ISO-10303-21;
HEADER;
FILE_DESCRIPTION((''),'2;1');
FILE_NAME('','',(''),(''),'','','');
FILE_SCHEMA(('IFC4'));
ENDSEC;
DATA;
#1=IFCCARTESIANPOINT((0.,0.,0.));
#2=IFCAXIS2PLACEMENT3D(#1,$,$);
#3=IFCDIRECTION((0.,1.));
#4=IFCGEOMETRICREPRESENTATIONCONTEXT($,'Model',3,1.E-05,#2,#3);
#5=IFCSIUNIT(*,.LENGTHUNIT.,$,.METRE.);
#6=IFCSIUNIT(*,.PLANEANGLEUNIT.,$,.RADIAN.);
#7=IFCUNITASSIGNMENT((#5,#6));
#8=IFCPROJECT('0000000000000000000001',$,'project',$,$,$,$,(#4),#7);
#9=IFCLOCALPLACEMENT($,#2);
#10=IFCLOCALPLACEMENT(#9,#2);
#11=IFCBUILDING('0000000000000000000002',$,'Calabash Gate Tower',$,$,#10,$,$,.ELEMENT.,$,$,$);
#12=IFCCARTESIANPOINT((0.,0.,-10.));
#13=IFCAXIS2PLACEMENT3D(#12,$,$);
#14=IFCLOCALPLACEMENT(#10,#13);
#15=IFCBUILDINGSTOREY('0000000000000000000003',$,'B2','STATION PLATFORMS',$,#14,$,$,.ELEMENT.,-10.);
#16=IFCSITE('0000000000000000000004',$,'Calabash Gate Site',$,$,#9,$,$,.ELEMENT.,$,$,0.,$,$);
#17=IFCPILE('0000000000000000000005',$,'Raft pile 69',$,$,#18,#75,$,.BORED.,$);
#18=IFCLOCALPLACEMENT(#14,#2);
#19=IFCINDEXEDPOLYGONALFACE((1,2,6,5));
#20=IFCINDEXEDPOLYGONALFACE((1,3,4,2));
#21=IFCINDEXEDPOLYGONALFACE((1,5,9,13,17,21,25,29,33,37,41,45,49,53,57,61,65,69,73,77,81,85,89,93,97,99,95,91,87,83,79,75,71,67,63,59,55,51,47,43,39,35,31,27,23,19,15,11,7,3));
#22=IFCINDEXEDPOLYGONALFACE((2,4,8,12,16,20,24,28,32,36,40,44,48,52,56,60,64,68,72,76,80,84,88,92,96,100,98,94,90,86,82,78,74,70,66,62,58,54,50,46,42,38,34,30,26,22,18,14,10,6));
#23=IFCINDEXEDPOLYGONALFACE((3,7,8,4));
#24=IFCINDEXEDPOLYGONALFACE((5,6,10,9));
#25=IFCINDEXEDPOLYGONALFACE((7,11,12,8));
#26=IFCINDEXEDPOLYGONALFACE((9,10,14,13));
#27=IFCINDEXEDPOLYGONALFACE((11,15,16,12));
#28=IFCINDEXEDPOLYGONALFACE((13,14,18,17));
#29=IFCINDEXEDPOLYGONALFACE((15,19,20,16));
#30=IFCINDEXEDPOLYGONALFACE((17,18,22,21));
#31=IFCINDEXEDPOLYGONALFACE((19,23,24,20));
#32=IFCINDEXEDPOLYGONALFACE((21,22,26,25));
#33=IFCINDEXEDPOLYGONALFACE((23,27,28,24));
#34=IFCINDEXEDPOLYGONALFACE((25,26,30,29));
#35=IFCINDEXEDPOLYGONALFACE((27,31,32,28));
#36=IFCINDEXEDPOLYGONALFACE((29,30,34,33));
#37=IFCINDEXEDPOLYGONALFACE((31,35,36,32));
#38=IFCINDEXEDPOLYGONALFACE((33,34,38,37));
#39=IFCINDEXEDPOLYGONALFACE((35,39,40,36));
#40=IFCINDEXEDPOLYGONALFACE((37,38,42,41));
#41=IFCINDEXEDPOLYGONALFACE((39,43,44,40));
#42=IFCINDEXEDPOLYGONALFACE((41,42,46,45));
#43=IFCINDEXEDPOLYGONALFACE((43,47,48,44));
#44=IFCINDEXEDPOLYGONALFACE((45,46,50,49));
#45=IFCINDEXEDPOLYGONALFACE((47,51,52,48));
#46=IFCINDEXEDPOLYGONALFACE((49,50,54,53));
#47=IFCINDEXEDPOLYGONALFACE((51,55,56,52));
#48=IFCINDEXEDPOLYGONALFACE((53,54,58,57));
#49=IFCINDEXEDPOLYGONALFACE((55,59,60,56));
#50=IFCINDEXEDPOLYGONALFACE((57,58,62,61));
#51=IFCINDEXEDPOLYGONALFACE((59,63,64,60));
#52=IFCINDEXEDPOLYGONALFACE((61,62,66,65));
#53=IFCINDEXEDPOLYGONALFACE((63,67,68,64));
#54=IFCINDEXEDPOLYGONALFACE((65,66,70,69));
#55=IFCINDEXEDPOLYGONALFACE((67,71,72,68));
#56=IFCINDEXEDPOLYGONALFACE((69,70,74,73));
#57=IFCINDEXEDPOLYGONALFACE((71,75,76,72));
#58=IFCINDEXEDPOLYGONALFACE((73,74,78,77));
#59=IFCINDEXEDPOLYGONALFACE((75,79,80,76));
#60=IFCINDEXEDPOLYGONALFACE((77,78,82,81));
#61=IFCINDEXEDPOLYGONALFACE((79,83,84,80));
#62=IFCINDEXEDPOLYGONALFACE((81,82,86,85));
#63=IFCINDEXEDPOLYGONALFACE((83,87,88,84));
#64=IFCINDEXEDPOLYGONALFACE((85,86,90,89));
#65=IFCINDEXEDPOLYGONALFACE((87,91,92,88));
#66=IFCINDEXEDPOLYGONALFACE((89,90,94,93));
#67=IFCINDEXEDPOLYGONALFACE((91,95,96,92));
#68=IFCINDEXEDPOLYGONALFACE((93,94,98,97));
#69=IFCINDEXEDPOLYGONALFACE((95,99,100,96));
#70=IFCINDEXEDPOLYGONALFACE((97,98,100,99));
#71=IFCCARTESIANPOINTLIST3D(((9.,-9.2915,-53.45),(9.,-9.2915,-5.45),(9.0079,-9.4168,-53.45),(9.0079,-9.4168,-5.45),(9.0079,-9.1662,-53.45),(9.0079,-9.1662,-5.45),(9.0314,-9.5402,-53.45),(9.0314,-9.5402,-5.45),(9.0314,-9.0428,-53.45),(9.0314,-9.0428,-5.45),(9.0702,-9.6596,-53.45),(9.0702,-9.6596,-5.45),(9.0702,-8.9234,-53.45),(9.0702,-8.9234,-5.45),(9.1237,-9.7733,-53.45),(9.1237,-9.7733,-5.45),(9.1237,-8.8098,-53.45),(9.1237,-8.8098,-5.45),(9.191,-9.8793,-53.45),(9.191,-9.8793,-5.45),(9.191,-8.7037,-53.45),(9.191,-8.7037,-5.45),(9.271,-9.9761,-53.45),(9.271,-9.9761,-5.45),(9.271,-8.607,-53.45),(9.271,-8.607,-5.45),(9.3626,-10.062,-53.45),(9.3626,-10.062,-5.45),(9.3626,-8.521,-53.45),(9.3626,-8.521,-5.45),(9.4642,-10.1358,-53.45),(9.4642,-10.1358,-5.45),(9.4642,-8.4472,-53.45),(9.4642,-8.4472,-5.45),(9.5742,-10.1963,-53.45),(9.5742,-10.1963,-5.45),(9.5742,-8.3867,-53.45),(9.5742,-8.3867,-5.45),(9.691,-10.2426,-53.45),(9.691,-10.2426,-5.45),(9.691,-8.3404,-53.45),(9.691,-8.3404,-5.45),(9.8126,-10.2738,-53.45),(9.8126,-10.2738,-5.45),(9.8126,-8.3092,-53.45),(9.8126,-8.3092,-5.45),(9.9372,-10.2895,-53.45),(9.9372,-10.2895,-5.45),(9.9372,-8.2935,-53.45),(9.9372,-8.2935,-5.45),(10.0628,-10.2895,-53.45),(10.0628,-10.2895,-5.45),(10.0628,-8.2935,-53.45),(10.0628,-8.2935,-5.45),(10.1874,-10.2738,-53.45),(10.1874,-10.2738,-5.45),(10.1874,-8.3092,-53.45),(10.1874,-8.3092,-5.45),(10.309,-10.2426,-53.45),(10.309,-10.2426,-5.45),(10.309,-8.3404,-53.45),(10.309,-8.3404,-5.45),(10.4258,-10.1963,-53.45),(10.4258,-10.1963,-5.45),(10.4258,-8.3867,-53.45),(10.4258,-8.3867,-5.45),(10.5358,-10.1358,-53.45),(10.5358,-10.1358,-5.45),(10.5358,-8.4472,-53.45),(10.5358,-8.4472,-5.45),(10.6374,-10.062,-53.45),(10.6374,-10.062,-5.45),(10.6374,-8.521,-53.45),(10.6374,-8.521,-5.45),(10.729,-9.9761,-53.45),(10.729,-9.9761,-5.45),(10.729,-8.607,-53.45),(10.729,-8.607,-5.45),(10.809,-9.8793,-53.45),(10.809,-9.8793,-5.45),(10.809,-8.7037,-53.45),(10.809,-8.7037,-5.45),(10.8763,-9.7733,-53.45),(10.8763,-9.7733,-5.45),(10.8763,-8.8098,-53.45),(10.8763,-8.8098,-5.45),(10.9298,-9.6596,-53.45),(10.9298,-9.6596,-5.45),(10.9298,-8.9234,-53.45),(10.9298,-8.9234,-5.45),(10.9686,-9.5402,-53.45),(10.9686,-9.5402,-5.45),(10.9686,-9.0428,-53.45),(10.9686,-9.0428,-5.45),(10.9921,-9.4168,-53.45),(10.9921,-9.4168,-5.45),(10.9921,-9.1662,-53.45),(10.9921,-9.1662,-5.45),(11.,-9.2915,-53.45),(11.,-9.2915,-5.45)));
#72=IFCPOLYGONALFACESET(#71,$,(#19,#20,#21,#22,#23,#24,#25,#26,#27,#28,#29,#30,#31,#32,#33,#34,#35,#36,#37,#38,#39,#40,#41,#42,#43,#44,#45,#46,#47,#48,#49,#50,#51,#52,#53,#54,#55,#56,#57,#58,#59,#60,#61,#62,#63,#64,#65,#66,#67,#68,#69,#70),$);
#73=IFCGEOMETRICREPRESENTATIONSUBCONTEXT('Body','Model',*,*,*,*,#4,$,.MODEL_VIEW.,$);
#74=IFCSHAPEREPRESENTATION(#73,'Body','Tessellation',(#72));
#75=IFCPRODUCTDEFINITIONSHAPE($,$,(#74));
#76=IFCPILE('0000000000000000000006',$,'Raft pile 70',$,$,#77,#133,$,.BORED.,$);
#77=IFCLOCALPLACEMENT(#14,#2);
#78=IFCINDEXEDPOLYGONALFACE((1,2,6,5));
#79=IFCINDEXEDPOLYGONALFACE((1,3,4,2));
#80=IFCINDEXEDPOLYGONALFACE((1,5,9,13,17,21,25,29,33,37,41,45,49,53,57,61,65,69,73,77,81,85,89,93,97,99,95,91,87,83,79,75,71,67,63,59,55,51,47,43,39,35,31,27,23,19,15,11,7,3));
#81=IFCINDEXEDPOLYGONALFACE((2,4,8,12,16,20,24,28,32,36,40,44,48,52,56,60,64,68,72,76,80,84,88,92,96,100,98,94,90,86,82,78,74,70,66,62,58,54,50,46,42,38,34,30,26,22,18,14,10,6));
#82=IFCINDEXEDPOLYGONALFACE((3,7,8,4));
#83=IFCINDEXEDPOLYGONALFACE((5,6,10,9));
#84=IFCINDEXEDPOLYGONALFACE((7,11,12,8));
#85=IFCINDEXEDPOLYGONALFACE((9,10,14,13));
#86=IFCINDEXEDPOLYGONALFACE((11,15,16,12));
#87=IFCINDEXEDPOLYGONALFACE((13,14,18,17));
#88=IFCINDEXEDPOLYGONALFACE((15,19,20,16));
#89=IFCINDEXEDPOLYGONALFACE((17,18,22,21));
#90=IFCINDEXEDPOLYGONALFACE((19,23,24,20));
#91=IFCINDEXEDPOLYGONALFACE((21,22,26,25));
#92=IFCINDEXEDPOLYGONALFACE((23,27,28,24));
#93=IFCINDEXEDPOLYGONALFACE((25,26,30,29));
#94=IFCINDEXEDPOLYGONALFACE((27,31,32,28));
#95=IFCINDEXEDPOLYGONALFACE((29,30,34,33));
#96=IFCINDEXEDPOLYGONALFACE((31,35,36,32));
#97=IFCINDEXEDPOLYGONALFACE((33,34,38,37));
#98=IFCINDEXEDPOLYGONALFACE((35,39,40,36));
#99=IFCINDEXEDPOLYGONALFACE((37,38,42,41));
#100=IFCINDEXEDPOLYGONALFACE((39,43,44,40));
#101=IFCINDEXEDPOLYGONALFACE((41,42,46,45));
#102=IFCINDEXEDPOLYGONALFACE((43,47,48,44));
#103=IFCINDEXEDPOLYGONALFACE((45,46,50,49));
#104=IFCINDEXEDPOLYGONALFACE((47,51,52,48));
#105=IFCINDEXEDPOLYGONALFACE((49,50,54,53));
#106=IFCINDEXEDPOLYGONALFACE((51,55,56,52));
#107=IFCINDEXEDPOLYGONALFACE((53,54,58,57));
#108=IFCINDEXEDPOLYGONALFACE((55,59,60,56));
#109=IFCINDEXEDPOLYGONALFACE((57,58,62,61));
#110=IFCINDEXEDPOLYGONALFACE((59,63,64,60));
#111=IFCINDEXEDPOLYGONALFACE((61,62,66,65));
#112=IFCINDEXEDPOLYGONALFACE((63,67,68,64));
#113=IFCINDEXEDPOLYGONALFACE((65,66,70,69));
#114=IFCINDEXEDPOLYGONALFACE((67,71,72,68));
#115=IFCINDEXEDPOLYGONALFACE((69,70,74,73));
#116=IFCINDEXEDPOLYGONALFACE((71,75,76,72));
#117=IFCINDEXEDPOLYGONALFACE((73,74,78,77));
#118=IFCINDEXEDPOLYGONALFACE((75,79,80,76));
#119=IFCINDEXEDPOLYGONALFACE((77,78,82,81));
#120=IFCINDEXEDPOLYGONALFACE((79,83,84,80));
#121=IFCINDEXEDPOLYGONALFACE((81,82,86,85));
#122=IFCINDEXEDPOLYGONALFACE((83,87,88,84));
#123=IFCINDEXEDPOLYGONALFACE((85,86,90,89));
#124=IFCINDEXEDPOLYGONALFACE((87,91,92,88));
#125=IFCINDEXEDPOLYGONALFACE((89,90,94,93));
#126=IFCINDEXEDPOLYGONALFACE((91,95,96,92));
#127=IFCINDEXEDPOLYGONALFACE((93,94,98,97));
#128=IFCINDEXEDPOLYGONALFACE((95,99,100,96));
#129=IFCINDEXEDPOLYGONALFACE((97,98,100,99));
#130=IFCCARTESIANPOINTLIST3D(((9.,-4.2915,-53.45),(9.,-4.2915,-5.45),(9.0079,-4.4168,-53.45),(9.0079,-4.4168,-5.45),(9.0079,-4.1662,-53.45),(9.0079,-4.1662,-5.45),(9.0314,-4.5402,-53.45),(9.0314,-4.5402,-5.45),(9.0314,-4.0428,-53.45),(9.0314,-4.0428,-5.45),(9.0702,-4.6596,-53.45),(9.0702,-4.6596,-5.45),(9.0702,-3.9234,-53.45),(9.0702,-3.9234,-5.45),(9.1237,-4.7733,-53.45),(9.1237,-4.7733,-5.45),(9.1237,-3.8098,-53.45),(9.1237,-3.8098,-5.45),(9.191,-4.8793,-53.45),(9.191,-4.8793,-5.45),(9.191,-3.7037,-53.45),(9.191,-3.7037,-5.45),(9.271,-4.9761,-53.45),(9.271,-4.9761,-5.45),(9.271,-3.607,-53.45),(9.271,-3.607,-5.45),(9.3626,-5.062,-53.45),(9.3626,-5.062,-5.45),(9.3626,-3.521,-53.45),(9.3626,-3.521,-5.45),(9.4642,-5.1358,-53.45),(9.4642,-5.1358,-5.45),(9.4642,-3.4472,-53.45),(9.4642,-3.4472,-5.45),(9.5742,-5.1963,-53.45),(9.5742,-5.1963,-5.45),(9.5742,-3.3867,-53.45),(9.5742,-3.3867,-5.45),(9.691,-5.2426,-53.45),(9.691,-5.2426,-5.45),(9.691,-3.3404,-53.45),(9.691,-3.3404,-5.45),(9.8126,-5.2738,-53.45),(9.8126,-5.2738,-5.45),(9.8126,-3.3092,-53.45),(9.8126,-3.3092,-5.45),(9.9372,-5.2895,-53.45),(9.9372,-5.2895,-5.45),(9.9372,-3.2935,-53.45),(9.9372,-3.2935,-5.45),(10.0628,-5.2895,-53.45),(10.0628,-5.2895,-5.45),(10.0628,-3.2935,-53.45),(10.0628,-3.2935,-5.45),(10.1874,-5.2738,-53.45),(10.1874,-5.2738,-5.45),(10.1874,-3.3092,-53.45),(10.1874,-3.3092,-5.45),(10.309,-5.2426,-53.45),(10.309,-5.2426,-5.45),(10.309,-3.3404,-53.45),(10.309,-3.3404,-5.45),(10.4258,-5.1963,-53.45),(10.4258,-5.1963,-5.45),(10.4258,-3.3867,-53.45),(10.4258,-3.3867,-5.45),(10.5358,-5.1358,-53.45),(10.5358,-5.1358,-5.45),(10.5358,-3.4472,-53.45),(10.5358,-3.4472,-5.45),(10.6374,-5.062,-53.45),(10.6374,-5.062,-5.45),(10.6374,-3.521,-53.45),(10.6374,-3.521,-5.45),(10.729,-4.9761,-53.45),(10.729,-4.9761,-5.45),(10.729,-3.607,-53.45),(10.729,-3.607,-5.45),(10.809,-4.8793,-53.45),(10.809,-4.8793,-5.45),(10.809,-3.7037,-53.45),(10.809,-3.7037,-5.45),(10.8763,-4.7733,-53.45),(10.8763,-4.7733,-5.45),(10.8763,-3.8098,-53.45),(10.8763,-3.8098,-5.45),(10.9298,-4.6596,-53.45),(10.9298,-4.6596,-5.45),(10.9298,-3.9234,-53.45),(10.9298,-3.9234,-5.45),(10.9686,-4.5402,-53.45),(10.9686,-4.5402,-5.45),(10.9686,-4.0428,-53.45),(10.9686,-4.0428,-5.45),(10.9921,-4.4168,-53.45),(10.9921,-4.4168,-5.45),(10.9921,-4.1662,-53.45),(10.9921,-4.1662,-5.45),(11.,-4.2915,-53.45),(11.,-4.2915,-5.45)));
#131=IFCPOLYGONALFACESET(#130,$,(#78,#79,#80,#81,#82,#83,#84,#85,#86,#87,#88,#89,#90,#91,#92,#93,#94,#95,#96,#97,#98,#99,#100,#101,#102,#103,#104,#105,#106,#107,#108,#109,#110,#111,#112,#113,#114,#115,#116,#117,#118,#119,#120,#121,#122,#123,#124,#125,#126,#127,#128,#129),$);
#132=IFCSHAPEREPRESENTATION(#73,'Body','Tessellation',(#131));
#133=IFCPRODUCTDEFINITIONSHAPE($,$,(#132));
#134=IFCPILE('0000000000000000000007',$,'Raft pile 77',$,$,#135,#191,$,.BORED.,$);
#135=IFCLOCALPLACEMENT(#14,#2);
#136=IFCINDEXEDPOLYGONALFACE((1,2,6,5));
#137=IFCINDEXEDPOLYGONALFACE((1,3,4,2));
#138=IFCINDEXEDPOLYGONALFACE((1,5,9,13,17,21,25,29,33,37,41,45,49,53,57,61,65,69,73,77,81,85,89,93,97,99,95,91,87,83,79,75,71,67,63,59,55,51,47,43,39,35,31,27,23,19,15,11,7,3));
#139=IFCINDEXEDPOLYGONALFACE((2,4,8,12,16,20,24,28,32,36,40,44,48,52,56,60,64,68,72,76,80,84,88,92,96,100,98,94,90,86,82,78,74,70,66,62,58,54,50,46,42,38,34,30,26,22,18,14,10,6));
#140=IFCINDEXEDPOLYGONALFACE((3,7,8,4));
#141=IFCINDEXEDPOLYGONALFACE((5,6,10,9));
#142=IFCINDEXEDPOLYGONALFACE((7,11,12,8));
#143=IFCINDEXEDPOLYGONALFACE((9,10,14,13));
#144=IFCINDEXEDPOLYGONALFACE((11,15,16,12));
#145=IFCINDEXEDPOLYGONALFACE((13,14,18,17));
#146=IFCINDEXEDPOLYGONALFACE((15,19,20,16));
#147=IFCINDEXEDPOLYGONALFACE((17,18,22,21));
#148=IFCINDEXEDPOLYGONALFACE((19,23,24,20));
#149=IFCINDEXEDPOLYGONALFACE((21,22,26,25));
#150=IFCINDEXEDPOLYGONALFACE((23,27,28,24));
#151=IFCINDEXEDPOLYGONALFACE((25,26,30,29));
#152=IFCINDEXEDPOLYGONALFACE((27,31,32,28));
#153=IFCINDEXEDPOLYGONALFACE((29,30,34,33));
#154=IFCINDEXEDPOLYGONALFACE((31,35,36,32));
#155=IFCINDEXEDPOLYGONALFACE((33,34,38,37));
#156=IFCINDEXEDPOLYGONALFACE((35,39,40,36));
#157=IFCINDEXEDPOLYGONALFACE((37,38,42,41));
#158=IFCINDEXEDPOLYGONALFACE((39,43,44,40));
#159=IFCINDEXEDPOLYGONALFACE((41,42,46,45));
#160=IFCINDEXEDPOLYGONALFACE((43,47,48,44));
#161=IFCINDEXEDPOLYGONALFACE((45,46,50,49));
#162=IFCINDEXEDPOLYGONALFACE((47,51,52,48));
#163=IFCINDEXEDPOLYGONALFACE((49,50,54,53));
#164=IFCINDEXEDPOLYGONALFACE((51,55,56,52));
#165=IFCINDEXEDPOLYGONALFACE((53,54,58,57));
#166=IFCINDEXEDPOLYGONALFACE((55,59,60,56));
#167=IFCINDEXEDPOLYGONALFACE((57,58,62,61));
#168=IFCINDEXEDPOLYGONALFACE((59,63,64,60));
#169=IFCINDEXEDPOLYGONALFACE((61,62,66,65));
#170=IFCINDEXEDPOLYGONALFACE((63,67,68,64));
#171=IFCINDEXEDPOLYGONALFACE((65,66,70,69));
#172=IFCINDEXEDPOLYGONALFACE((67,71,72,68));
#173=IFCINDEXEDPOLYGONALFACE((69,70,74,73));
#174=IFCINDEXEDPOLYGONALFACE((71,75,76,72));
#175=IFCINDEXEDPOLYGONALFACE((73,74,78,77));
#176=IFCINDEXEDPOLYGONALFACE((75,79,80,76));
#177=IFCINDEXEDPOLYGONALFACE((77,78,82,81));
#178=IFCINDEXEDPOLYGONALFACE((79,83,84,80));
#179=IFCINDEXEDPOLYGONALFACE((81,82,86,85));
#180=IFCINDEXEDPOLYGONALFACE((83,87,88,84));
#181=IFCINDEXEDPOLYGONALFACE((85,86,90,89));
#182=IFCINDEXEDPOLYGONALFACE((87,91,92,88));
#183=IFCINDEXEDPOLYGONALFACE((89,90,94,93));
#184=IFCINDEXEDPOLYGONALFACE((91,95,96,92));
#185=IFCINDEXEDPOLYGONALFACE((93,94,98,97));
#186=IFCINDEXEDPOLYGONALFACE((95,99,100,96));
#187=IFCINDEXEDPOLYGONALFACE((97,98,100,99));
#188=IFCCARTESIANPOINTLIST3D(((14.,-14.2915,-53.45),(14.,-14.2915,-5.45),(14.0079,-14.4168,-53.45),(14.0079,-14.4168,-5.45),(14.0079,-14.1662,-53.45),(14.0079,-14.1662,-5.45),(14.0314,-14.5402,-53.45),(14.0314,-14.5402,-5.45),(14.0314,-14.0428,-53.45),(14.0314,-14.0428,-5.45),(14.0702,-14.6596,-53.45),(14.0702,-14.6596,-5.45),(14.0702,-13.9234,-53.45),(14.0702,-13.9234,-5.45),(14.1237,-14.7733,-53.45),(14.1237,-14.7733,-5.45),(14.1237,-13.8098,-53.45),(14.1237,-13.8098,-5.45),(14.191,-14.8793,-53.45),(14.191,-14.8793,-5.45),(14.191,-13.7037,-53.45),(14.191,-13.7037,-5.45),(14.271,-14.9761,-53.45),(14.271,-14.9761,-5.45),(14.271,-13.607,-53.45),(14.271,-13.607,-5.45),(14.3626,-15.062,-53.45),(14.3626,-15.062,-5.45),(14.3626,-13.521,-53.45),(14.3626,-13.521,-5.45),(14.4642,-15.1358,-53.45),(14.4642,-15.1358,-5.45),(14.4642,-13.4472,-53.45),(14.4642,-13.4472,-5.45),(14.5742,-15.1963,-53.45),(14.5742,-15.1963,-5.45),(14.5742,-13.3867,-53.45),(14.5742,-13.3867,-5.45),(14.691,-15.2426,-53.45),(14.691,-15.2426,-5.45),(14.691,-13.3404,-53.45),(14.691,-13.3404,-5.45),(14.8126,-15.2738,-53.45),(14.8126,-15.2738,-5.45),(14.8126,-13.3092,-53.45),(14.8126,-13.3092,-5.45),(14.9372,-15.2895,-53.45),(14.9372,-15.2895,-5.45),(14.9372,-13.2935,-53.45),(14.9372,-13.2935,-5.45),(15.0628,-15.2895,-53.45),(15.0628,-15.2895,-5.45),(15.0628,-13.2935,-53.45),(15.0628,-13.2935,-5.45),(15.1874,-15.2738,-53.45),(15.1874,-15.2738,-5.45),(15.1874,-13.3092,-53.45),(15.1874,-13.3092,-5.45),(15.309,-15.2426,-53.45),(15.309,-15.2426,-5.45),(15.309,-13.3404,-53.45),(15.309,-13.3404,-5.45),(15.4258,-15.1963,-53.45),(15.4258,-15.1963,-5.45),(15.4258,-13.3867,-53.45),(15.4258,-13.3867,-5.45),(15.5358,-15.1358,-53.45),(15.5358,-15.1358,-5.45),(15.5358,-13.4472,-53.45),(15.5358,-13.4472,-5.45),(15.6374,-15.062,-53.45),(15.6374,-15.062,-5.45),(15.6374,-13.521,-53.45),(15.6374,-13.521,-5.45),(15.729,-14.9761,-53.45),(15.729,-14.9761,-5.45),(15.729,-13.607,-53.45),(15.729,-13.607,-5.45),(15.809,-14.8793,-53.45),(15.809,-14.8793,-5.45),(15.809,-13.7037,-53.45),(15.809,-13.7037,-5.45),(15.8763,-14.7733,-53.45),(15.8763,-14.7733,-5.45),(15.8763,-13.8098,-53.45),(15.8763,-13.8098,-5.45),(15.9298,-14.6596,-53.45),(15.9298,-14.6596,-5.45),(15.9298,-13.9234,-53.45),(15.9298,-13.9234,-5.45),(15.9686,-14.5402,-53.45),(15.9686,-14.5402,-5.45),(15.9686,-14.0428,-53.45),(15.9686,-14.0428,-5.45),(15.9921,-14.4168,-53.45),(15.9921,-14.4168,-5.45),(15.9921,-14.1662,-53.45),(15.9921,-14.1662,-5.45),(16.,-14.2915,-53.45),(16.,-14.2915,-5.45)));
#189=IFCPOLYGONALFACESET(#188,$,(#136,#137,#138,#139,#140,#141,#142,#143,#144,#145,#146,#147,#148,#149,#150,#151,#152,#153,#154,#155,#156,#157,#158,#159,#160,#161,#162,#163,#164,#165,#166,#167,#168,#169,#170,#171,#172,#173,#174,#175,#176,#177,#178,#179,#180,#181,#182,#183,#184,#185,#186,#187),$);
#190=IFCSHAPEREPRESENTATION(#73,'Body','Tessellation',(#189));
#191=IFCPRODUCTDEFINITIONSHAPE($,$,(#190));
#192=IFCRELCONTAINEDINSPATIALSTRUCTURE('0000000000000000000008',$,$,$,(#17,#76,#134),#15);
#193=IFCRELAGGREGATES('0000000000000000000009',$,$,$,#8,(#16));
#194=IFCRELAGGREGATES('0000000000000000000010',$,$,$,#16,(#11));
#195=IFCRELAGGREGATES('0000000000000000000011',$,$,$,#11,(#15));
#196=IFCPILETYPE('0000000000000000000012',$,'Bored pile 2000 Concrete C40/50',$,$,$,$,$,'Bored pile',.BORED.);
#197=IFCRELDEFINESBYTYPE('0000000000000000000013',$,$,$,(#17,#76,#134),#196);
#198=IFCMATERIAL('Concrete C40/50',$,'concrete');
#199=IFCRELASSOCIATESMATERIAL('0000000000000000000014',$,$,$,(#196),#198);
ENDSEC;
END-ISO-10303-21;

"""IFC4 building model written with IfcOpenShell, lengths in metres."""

from ifc_helpers import new_model, si_unit, direction, frame, origin, origin_2d, place, context, subcontext, project, spatial, circle, extrude, material, material_profile, profile_set, type_object, element, save


model = new_model("IFC4")

# Units and contexts
model_context = context("Model", 3, precision=1e-05, world=origin(), true_north=direction((0.0, 1.0)))
body_context = subcontext(model_context, "Body", "Model", "MODEL_VIEW")
ifc_project = project(units=[si_unit("LENGTHUNIT", "METRE"), si_unit("PLANEANGLEUNIT", "RADIAN")], contexts=[model_context])

# Site, building, storey
site_placement = place(None, origin())
site = spatial("IfcSite", under=ifc_project, at=site_placement, Name="Calabash Gate Site", CompositionType="ELEMENT", RefElevation=0.0)
building_placement = place(site_placement, origin())
building = spatial("IfcBuilding", under=site, at=building_placement, Name="Calabash Gate Tower", CompositionType="ELEMENT")
storey_placement = place(building_placement, frame((0.0, 0.0, -10.0)))
storey = spatial("IfcBuildingStorey", under=building, at=storey_placement, Name="B2", Description="STATION PLATFORMS", CompositionType="ELEMENT", Elevation=-10.0)

# Piles
ifc_material_1 = material(Name="Concrete C40/50", Category="concrete")
ifc_material_profile_1 = material_profile(ifc_material_1, circle(Radius=1.0, at=origin_2d()))
ifc_profile_set_1 = profile_set([ifc_material_profile_1], Name="Concrete C40/50")
pile_type = type_object("IfcPileType", Name="Bored pile 2000 Concrete C40/50", ElementType="Bored pile", PredefinedType="BORED", material=ifc_profile_set_1)
for number, where, z_axis, x_axis, name in (
    (1, (10.0, -9.2915, -5.45), (0.0, 0.0, -1.0), (1.0, 0.0, 0.0), "Raft pile 69"),
    (2, (10.0, -4.2915, -5.45), (0.0, 0.0, -1.0), (1.0, 0.0, 0.0), "Raft pile 70"),
    (3, (15.0, -14.2915, -5.45), (0.0, 0.0, -1.0), (1.0, 0.0, 0.0), "Raft pile 77"),
):
    element("IfcPile", number, at=place(storey_placement, frame(where, z_axis=z_axis, x_axis=x_axis)), inside=storey, type_object=pile_type, Name=name, PredefinedType="BORED", context=body_context, shape_type="SweptSolid", body=[
        extrude(circle(Radius=1.0, at=origin_2d()), origin(), (0.0, 0.0, 1.0), 48.0),
    ])

save(model, "model.ifc")
